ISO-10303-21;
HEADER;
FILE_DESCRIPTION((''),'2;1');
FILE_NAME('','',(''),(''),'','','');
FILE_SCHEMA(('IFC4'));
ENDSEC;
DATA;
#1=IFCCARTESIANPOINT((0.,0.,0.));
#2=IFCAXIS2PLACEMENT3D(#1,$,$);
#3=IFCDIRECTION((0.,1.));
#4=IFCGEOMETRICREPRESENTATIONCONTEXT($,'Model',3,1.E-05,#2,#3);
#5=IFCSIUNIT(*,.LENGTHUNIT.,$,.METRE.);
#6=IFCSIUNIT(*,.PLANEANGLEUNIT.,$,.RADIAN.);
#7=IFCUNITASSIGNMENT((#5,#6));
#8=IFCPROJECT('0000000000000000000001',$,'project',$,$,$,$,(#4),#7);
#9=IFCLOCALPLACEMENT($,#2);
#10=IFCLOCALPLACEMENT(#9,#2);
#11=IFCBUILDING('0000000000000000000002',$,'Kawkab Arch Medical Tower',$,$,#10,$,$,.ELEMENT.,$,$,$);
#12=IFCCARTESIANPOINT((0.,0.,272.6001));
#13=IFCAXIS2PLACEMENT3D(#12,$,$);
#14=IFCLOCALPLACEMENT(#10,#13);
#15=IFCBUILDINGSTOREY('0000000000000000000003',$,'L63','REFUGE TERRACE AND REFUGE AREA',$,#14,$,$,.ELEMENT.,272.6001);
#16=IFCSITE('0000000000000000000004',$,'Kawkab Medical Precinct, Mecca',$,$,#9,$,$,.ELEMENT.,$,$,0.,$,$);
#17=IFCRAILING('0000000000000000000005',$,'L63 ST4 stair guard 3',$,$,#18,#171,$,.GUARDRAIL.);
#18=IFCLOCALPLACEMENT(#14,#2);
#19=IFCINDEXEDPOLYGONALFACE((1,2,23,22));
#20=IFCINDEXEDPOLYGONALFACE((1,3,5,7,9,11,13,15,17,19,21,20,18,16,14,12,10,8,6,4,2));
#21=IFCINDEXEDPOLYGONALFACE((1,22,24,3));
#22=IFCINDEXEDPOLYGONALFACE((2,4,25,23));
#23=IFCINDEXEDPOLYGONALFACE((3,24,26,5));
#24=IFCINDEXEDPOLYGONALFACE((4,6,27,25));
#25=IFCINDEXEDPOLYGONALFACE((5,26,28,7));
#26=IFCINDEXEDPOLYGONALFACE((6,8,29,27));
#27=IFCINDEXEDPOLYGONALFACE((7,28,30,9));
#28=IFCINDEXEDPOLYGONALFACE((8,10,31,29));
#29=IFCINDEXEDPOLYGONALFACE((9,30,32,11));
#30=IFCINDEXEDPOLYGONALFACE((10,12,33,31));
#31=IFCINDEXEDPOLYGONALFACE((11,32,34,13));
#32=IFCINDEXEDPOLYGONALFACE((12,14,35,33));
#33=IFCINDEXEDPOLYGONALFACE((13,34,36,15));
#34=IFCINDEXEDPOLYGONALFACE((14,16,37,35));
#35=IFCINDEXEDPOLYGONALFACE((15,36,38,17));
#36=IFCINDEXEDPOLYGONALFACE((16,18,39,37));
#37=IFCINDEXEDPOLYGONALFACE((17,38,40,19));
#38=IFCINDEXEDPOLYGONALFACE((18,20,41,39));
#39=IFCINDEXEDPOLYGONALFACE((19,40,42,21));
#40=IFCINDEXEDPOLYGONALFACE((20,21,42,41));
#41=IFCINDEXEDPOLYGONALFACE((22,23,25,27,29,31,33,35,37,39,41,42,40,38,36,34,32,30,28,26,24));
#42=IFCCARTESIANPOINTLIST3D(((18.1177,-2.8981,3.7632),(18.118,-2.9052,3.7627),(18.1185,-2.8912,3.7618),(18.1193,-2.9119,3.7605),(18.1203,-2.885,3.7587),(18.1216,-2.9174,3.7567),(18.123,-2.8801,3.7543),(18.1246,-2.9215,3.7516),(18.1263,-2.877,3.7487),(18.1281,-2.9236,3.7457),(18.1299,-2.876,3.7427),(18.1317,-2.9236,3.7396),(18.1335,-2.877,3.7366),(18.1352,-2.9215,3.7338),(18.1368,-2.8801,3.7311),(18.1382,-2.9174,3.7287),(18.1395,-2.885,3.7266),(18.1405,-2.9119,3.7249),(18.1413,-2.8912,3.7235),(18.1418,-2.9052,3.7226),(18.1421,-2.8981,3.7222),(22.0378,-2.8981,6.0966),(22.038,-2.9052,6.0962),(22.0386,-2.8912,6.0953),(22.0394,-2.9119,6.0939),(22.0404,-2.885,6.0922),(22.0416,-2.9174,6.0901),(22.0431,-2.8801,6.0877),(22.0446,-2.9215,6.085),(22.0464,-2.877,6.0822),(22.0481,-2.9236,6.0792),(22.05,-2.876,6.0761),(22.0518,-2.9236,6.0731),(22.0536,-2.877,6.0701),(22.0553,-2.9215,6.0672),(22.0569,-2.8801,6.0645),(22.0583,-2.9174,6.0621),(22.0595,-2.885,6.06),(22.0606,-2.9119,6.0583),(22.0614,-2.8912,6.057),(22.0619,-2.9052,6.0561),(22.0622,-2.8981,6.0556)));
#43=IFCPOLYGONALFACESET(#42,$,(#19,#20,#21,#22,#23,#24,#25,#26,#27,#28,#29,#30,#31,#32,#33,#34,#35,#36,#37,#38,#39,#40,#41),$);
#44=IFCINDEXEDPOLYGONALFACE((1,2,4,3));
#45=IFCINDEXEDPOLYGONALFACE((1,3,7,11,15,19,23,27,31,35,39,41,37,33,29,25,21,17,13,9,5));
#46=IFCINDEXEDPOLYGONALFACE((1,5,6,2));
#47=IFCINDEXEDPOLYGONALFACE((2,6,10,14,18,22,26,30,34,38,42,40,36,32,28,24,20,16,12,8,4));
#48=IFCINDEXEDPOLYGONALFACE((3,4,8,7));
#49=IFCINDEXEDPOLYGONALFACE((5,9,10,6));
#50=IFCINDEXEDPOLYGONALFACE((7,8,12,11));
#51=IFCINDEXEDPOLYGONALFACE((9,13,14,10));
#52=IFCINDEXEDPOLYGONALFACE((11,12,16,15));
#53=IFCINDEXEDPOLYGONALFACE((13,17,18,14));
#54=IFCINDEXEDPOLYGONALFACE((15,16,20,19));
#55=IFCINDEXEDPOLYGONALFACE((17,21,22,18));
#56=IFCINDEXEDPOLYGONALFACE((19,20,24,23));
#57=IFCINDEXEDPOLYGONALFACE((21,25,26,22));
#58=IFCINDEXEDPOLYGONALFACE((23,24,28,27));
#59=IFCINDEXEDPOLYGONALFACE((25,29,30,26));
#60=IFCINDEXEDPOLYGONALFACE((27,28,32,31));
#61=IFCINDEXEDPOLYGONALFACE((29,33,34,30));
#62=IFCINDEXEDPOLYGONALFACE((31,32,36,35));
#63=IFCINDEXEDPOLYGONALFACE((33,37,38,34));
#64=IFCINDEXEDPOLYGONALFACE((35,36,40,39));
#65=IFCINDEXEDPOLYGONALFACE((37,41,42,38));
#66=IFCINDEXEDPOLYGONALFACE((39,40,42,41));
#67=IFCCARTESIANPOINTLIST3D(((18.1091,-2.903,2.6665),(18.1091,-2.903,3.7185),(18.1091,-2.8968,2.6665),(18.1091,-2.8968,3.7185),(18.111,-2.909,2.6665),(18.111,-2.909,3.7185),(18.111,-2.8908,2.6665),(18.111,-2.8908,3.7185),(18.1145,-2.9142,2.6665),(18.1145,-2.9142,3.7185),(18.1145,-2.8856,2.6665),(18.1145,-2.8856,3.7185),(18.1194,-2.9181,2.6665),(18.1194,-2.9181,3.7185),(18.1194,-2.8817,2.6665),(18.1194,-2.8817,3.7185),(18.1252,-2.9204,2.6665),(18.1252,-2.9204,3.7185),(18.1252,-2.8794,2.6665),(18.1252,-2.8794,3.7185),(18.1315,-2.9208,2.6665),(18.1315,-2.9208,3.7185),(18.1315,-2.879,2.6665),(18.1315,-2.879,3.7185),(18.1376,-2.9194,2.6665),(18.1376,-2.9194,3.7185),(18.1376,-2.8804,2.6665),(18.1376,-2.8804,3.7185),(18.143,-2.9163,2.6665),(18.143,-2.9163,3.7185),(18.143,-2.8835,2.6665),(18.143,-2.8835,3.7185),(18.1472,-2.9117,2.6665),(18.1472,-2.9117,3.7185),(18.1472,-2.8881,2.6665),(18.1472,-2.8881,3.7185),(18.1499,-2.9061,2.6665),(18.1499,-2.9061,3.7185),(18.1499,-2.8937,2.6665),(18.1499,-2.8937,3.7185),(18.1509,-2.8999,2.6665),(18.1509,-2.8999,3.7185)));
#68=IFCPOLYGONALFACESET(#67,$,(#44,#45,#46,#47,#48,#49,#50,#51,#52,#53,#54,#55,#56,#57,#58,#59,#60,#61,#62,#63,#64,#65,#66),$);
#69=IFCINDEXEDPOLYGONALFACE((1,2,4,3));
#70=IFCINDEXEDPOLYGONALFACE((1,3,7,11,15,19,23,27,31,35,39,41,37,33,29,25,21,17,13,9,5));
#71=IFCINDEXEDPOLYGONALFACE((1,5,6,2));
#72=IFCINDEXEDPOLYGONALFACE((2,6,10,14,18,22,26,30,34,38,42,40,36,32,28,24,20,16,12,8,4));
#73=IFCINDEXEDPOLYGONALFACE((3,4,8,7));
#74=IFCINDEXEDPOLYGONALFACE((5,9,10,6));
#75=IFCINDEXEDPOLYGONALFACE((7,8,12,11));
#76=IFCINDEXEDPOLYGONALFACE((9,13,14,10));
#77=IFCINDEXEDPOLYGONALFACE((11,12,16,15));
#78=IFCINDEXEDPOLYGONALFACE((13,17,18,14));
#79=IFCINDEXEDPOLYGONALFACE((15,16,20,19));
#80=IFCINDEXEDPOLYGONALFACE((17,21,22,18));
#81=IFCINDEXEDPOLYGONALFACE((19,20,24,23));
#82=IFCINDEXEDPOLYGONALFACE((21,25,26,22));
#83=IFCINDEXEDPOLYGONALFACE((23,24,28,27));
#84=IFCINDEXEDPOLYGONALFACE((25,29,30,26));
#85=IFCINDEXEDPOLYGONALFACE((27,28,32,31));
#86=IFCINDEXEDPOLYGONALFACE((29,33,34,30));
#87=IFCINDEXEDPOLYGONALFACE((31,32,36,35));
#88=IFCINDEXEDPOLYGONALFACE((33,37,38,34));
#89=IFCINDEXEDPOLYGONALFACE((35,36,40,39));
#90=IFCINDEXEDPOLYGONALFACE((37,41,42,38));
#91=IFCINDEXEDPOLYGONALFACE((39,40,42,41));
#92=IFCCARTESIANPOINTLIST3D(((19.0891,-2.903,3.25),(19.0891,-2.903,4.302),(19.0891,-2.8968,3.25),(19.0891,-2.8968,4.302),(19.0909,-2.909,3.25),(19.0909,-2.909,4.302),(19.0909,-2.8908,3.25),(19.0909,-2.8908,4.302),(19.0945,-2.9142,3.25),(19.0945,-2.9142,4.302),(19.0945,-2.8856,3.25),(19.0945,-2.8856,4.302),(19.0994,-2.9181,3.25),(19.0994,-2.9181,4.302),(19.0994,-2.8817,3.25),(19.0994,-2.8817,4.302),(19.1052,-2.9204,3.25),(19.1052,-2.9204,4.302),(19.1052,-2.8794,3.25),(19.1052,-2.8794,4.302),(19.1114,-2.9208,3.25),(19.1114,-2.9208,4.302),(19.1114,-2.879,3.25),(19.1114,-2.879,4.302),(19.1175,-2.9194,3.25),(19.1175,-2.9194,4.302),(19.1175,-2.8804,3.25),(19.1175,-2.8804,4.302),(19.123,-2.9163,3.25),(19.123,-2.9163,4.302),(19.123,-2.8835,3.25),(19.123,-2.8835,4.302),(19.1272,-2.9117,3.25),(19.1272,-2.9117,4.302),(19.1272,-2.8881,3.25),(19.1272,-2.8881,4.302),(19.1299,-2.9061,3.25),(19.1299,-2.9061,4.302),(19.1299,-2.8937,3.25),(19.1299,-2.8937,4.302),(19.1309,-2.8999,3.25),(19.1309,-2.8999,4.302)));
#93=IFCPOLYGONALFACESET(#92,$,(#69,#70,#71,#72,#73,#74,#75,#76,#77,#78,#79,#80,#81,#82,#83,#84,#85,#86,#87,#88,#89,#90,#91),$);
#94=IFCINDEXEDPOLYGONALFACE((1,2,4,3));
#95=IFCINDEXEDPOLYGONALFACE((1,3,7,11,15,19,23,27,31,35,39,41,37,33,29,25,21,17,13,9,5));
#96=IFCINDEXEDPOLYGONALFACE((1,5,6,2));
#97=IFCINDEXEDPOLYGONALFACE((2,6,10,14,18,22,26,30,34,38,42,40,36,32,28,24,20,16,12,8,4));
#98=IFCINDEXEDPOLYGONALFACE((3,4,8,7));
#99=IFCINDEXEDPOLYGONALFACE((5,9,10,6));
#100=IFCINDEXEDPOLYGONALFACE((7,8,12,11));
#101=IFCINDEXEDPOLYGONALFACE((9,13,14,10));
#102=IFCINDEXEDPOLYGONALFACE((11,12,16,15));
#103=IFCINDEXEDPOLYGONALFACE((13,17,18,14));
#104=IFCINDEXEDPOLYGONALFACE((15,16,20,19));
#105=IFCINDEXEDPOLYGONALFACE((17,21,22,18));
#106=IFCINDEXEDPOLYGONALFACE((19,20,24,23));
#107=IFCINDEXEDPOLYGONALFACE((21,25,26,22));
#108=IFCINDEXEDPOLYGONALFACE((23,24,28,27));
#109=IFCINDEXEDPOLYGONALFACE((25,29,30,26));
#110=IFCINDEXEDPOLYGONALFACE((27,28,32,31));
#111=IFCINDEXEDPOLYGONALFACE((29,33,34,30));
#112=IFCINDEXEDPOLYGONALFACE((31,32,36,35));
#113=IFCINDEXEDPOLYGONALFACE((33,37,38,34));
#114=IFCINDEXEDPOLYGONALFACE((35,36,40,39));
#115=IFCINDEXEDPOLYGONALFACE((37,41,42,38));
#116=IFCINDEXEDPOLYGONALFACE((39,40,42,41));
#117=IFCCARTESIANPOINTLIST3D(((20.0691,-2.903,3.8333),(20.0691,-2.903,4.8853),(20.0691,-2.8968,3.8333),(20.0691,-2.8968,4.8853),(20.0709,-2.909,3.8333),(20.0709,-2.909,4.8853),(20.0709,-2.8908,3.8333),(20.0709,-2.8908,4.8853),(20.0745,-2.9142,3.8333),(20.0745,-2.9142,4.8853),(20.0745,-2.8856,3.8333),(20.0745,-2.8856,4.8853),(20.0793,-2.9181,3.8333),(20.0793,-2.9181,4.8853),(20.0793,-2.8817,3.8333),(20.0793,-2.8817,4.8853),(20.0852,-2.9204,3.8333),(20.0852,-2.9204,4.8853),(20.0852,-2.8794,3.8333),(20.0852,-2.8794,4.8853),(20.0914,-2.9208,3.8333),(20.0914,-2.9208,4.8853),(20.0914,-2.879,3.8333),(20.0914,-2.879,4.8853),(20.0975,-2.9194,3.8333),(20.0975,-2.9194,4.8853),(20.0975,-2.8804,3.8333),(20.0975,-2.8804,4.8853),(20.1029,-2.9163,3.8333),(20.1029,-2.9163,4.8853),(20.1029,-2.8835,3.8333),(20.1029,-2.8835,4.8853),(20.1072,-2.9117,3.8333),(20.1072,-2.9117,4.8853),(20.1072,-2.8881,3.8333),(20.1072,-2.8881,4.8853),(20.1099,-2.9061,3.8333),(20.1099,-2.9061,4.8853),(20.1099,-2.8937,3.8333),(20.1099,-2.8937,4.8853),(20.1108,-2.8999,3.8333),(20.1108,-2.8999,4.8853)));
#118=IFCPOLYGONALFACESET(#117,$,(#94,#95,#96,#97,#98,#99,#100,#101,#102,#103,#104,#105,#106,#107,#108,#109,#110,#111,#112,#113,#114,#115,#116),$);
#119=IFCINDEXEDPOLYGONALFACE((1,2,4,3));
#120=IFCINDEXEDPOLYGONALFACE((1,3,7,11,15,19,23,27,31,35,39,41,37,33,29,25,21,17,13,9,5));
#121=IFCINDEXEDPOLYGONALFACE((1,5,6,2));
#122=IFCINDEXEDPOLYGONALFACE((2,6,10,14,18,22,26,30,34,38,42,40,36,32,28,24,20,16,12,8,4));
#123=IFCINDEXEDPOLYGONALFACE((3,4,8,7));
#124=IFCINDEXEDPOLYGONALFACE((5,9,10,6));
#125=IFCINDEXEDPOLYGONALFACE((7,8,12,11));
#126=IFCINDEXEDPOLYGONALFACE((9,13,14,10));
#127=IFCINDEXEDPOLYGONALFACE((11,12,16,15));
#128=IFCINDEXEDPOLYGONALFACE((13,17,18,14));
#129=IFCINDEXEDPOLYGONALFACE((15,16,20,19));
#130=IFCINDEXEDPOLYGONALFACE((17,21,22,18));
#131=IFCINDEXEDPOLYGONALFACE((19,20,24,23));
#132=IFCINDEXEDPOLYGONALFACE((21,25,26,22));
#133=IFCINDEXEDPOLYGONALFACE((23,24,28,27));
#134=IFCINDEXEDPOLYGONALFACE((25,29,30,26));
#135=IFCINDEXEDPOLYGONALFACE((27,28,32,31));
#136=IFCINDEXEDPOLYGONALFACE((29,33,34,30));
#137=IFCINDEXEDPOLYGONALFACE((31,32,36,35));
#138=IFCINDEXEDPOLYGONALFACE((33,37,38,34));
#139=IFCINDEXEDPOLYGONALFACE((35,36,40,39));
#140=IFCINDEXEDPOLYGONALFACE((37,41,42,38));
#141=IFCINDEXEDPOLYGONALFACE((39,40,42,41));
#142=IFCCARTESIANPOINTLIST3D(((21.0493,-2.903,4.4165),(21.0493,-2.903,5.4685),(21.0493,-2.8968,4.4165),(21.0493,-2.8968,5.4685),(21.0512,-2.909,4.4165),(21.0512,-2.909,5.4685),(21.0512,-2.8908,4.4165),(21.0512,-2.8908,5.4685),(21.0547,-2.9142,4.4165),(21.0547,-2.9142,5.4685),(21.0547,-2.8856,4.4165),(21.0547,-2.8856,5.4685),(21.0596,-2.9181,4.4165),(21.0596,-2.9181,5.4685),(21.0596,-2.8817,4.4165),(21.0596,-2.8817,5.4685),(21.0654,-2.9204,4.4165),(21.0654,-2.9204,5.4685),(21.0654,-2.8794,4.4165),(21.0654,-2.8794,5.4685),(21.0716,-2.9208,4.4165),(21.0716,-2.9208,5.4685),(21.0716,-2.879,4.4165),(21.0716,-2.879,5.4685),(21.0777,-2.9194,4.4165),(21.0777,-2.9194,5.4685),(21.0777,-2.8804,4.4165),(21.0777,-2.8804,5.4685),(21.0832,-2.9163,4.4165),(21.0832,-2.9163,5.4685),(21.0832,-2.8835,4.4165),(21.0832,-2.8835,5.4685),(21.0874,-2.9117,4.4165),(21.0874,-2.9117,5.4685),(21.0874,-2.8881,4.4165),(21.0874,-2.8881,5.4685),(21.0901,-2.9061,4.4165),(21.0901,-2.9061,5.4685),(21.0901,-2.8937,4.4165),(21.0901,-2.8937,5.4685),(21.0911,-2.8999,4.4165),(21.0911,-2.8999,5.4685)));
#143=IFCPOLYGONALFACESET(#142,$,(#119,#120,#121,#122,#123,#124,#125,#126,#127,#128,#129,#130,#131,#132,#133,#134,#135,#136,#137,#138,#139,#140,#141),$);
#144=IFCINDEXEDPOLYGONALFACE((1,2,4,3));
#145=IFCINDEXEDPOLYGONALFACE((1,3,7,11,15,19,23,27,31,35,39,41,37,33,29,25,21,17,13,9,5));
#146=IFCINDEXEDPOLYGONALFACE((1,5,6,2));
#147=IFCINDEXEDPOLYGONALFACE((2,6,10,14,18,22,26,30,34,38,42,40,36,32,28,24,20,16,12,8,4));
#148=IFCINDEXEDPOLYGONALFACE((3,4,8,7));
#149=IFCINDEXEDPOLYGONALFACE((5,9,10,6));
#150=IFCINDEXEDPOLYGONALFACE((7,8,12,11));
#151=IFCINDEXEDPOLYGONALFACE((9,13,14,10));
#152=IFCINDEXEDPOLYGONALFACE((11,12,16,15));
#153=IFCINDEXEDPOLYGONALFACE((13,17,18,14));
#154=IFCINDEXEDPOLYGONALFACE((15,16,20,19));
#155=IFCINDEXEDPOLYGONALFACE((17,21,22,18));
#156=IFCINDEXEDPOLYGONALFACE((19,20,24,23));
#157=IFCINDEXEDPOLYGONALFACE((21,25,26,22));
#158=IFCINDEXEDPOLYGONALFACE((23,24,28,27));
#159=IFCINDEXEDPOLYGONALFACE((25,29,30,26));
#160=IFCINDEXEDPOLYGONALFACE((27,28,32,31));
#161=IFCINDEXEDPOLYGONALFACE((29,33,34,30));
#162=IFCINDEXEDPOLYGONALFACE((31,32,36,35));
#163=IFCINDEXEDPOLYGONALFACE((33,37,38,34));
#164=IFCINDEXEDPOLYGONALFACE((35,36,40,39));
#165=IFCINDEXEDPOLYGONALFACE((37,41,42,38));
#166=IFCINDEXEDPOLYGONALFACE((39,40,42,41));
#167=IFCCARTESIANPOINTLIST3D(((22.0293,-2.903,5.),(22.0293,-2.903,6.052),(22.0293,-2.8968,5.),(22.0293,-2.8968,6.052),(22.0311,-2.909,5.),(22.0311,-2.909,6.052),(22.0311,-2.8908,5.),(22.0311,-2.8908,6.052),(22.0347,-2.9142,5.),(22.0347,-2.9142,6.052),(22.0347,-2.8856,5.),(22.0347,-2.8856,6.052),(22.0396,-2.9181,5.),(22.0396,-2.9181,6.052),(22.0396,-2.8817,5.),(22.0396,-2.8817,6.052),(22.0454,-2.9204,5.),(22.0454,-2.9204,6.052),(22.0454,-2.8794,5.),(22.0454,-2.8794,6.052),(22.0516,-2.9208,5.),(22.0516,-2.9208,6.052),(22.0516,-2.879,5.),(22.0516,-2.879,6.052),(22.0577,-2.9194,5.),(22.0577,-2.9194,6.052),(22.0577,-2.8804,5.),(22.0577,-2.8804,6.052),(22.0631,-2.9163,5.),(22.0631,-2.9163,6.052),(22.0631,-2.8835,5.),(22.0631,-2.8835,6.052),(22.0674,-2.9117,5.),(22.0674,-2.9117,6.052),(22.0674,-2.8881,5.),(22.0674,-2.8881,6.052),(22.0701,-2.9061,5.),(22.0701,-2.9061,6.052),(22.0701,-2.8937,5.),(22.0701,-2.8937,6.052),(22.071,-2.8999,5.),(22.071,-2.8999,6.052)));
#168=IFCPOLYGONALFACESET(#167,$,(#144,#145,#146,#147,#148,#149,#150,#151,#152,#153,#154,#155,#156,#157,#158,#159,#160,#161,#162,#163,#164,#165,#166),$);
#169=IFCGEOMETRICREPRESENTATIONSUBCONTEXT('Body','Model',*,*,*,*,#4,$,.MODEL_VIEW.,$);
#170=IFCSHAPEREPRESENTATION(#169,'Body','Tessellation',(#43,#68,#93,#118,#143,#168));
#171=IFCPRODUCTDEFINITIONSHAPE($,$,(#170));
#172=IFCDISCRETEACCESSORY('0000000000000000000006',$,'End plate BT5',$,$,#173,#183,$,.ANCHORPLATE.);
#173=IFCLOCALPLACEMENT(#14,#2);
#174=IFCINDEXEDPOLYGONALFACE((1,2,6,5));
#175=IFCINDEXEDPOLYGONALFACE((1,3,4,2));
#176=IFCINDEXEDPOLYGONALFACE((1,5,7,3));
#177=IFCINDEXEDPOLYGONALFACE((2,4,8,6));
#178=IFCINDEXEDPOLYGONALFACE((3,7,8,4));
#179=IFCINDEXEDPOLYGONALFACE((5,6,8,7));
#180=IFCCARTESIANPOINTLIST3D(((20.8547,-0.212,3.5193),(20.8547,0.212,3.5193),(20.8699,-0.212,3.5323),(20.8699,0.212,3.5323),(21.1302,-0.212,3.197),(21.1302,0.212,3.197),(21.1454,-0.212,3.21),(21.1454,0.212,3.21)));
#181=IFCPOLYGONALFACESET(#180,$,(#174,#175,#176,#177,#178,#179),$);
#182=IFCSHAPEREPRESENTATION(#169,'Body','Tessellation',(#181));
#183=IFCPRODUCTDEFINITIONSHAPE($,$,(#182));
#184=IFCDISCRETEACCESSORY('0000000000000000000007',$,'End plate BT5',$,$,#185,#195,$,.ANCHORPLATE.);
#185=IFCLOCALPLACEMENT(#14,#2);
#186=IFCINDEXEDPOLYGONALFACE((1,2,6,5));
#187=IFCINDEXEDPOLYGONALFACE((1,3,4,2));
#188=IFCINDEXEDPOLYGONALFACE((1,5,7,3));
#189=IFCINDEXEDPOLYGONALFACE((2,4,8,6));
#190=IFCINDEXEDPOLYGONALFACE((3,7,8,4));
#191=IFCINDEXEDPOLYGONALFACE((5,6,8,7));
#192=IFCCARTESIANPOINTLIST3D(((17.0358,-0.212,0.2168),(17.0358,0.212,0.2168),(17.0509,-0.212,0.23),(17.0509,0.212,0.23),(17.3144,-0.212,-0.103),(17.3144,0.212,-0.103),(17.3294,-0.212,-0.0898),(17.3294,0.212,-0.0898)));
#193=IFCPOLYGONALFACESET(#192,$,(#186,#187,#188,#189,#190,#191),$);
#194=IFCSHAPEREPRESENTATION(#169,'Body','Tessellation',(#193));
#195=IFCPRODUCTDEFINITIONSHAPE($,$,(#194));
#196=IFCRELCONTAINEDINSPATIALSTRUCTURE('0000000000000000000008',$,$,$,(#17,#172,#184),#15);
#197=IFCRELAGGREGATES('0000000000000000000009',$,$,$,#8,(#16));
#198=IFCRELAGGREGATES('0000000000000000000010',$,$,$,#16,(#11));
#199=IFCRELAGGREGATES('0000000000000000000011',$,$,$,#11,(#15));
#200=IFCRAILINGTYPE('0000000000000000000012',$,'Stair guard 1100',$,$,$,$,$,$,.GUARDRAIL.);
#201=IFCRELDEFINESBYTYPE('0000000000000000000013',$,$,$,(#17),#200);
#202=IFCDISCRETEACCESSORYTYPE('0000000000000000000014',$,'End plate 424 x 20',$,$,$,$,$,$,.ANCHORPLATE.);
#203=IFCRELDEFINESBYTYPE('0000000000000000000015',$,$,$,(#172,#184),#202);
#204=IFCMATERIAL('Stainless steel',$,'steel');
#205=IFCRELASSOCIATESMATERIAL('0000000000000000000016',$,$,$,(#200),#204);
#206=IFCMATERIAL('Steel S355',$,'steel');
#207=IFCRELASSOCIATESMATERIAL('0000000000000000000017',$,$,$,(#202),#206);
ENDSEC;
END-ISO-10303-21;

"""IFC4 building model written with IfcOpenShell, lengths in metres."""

from ifc_helpers import new_model, si_unit, direction, frame, origin, origin_2d, place, context, subcontext, project, spatial, rectangle, circle, extrude, material, material_profile, profile_set, type_object, element, save


model = new_model("IFC4")

# Units and contexts
model_context = context("Model", 3, precision=1e-05, world=origin(), true_north=direction((0.0, 1.0)))
body_context = subcontext(model_context, "Body", "Model", "MODEL_VIEW")
ifc_project = project(units=[si_unit("LENGTHUNIT", "METRE"), si_unit("PLANEANGLEUNIT", "RADIAN")], contexts=[model_context])

# Site, building, storey
site_placement = place(None, origin())
site = spatial("IfcSite", under=ifc_project, at=site_placement, Name="Kawkab Medical Precinct, Mecca", CompositionType="ELEMENT", RefElevation=0.0)
building_placement = place(site_placement, origin())
building = spatial("IfcBuilding", under=site, at=building_placement, Name="Kawkab Arch Medical Tower", CompositionType="ELEMENT")
storey_placement = place(building_placement, frame((0.0, 0.0, 272.6001)))
storey = spatial("IfcBuildingStorey", under=building, at=storey_placement, Name="L63", Description="REFUGE TERRACE AND REFUGE AREA", CompositionType="ELEMENT", Elevation=272.6001)

# Railing
ifc_material_1 = material(Name="Stainless steel", Category="steel")
railing_type = type_object("IfcRailingType", Name="Stair guard 1100", PredefinedType="GUARDRAIL", material=ifc_material_1)
railing_1_placement = place(storey_placement, frame((18.1299, -2.8999, 2.6665)))
element("IfcRailing", 1, at=railing_1_placement, inside=storey, type_object=railing_type, Name="L63 ST4 stair guard 3", PredefinedType="GUARDRAIL", context=body_context, shape_type="SweptSolid", body=[
    extrude(circle(Radius=0.0239, at=origin_2d()), frame((0.0, 0.0, 1.0762), z_axis=(0.859287, 0.0, 0.511494), x_axis=(0.0, 1.0, 0.0)), (0.0, 0.0, 1.0), 4.562),
    extrude(circle(Radius=0.021, at=origin_2d()), origin(), (0.0, 0.0, 1.0), 1.052),
    extrude(circle(Radius=0.021, at=origin_2d()), frame((0.98, 0.0, 0.5835)), (0.0, 0.0, 1.0), 1.052),
    extrude(circle(Radius=0.021, at=origin_2d()), frame((1.96, 0.0, 1.1667)), (0.0, 0.0, 1.0), 1.052),
    extrude(circle(Radius=0.021, at=origin_2d()), frame((2.9402, 0.0, 1.75)), (0.0, 0.0, 1.0), 1.052),
    extrude(circle(Radius=0.021, at=origin_2d()), frame((3.9202, 0.0, 2.3335)), (0.0, 0.0, 1.0), 1.052),
])

# Discrete accessories
ifc_material_2 = material(Name="Steel S355", Category="steel")
ifc_material_profile_1 = material_profile(ifc_material_2, rectangle(XDim=0.4241, YDim=0.4241, at=origin_2d()), Name="End plate 424 x 20")
ifc_profile_set_1 = profile_set([ifc_material_profile_1], Name="Steel S355")
discrete_accessory_type = type_object("IfcDiscreteAccessoryType", Name="End plate 424 x 20", PredefinedType="ANCHORPLATE", material=ifc_profile_set_1)
for number, where, z_axis, x_axis, name in (
    (2, (20.9924, 0.0, 3.3582), (0.760121, 0.0, 0.649781), (0.0, 1.0, 0.0), "End plate BT5"),
    (3, (17.1902, 0.0, 0.0701), (-0.754082, 0.0, -0.656781), (0.0, -1.0, 0.0), "End plate BT5"),
):
    element("IfcDiscreteAccessory", number, at=place(storey_placement, frame(where, z_axis=z_axis, x_axis=x_axis)), inside=storey, type_object=discrete_accessory_type, Name=name, PredefinedType="ANCHORPLATE", context=body_context, shape_type="SweptSolid", body=[
        extrude(rectangle(XDim=0.4241, YDim=0.4241, at=origin_2d()), origin(), (0.0, 0.0, 1.0), 0.02),
    ])

save(model, "model.ifc")
